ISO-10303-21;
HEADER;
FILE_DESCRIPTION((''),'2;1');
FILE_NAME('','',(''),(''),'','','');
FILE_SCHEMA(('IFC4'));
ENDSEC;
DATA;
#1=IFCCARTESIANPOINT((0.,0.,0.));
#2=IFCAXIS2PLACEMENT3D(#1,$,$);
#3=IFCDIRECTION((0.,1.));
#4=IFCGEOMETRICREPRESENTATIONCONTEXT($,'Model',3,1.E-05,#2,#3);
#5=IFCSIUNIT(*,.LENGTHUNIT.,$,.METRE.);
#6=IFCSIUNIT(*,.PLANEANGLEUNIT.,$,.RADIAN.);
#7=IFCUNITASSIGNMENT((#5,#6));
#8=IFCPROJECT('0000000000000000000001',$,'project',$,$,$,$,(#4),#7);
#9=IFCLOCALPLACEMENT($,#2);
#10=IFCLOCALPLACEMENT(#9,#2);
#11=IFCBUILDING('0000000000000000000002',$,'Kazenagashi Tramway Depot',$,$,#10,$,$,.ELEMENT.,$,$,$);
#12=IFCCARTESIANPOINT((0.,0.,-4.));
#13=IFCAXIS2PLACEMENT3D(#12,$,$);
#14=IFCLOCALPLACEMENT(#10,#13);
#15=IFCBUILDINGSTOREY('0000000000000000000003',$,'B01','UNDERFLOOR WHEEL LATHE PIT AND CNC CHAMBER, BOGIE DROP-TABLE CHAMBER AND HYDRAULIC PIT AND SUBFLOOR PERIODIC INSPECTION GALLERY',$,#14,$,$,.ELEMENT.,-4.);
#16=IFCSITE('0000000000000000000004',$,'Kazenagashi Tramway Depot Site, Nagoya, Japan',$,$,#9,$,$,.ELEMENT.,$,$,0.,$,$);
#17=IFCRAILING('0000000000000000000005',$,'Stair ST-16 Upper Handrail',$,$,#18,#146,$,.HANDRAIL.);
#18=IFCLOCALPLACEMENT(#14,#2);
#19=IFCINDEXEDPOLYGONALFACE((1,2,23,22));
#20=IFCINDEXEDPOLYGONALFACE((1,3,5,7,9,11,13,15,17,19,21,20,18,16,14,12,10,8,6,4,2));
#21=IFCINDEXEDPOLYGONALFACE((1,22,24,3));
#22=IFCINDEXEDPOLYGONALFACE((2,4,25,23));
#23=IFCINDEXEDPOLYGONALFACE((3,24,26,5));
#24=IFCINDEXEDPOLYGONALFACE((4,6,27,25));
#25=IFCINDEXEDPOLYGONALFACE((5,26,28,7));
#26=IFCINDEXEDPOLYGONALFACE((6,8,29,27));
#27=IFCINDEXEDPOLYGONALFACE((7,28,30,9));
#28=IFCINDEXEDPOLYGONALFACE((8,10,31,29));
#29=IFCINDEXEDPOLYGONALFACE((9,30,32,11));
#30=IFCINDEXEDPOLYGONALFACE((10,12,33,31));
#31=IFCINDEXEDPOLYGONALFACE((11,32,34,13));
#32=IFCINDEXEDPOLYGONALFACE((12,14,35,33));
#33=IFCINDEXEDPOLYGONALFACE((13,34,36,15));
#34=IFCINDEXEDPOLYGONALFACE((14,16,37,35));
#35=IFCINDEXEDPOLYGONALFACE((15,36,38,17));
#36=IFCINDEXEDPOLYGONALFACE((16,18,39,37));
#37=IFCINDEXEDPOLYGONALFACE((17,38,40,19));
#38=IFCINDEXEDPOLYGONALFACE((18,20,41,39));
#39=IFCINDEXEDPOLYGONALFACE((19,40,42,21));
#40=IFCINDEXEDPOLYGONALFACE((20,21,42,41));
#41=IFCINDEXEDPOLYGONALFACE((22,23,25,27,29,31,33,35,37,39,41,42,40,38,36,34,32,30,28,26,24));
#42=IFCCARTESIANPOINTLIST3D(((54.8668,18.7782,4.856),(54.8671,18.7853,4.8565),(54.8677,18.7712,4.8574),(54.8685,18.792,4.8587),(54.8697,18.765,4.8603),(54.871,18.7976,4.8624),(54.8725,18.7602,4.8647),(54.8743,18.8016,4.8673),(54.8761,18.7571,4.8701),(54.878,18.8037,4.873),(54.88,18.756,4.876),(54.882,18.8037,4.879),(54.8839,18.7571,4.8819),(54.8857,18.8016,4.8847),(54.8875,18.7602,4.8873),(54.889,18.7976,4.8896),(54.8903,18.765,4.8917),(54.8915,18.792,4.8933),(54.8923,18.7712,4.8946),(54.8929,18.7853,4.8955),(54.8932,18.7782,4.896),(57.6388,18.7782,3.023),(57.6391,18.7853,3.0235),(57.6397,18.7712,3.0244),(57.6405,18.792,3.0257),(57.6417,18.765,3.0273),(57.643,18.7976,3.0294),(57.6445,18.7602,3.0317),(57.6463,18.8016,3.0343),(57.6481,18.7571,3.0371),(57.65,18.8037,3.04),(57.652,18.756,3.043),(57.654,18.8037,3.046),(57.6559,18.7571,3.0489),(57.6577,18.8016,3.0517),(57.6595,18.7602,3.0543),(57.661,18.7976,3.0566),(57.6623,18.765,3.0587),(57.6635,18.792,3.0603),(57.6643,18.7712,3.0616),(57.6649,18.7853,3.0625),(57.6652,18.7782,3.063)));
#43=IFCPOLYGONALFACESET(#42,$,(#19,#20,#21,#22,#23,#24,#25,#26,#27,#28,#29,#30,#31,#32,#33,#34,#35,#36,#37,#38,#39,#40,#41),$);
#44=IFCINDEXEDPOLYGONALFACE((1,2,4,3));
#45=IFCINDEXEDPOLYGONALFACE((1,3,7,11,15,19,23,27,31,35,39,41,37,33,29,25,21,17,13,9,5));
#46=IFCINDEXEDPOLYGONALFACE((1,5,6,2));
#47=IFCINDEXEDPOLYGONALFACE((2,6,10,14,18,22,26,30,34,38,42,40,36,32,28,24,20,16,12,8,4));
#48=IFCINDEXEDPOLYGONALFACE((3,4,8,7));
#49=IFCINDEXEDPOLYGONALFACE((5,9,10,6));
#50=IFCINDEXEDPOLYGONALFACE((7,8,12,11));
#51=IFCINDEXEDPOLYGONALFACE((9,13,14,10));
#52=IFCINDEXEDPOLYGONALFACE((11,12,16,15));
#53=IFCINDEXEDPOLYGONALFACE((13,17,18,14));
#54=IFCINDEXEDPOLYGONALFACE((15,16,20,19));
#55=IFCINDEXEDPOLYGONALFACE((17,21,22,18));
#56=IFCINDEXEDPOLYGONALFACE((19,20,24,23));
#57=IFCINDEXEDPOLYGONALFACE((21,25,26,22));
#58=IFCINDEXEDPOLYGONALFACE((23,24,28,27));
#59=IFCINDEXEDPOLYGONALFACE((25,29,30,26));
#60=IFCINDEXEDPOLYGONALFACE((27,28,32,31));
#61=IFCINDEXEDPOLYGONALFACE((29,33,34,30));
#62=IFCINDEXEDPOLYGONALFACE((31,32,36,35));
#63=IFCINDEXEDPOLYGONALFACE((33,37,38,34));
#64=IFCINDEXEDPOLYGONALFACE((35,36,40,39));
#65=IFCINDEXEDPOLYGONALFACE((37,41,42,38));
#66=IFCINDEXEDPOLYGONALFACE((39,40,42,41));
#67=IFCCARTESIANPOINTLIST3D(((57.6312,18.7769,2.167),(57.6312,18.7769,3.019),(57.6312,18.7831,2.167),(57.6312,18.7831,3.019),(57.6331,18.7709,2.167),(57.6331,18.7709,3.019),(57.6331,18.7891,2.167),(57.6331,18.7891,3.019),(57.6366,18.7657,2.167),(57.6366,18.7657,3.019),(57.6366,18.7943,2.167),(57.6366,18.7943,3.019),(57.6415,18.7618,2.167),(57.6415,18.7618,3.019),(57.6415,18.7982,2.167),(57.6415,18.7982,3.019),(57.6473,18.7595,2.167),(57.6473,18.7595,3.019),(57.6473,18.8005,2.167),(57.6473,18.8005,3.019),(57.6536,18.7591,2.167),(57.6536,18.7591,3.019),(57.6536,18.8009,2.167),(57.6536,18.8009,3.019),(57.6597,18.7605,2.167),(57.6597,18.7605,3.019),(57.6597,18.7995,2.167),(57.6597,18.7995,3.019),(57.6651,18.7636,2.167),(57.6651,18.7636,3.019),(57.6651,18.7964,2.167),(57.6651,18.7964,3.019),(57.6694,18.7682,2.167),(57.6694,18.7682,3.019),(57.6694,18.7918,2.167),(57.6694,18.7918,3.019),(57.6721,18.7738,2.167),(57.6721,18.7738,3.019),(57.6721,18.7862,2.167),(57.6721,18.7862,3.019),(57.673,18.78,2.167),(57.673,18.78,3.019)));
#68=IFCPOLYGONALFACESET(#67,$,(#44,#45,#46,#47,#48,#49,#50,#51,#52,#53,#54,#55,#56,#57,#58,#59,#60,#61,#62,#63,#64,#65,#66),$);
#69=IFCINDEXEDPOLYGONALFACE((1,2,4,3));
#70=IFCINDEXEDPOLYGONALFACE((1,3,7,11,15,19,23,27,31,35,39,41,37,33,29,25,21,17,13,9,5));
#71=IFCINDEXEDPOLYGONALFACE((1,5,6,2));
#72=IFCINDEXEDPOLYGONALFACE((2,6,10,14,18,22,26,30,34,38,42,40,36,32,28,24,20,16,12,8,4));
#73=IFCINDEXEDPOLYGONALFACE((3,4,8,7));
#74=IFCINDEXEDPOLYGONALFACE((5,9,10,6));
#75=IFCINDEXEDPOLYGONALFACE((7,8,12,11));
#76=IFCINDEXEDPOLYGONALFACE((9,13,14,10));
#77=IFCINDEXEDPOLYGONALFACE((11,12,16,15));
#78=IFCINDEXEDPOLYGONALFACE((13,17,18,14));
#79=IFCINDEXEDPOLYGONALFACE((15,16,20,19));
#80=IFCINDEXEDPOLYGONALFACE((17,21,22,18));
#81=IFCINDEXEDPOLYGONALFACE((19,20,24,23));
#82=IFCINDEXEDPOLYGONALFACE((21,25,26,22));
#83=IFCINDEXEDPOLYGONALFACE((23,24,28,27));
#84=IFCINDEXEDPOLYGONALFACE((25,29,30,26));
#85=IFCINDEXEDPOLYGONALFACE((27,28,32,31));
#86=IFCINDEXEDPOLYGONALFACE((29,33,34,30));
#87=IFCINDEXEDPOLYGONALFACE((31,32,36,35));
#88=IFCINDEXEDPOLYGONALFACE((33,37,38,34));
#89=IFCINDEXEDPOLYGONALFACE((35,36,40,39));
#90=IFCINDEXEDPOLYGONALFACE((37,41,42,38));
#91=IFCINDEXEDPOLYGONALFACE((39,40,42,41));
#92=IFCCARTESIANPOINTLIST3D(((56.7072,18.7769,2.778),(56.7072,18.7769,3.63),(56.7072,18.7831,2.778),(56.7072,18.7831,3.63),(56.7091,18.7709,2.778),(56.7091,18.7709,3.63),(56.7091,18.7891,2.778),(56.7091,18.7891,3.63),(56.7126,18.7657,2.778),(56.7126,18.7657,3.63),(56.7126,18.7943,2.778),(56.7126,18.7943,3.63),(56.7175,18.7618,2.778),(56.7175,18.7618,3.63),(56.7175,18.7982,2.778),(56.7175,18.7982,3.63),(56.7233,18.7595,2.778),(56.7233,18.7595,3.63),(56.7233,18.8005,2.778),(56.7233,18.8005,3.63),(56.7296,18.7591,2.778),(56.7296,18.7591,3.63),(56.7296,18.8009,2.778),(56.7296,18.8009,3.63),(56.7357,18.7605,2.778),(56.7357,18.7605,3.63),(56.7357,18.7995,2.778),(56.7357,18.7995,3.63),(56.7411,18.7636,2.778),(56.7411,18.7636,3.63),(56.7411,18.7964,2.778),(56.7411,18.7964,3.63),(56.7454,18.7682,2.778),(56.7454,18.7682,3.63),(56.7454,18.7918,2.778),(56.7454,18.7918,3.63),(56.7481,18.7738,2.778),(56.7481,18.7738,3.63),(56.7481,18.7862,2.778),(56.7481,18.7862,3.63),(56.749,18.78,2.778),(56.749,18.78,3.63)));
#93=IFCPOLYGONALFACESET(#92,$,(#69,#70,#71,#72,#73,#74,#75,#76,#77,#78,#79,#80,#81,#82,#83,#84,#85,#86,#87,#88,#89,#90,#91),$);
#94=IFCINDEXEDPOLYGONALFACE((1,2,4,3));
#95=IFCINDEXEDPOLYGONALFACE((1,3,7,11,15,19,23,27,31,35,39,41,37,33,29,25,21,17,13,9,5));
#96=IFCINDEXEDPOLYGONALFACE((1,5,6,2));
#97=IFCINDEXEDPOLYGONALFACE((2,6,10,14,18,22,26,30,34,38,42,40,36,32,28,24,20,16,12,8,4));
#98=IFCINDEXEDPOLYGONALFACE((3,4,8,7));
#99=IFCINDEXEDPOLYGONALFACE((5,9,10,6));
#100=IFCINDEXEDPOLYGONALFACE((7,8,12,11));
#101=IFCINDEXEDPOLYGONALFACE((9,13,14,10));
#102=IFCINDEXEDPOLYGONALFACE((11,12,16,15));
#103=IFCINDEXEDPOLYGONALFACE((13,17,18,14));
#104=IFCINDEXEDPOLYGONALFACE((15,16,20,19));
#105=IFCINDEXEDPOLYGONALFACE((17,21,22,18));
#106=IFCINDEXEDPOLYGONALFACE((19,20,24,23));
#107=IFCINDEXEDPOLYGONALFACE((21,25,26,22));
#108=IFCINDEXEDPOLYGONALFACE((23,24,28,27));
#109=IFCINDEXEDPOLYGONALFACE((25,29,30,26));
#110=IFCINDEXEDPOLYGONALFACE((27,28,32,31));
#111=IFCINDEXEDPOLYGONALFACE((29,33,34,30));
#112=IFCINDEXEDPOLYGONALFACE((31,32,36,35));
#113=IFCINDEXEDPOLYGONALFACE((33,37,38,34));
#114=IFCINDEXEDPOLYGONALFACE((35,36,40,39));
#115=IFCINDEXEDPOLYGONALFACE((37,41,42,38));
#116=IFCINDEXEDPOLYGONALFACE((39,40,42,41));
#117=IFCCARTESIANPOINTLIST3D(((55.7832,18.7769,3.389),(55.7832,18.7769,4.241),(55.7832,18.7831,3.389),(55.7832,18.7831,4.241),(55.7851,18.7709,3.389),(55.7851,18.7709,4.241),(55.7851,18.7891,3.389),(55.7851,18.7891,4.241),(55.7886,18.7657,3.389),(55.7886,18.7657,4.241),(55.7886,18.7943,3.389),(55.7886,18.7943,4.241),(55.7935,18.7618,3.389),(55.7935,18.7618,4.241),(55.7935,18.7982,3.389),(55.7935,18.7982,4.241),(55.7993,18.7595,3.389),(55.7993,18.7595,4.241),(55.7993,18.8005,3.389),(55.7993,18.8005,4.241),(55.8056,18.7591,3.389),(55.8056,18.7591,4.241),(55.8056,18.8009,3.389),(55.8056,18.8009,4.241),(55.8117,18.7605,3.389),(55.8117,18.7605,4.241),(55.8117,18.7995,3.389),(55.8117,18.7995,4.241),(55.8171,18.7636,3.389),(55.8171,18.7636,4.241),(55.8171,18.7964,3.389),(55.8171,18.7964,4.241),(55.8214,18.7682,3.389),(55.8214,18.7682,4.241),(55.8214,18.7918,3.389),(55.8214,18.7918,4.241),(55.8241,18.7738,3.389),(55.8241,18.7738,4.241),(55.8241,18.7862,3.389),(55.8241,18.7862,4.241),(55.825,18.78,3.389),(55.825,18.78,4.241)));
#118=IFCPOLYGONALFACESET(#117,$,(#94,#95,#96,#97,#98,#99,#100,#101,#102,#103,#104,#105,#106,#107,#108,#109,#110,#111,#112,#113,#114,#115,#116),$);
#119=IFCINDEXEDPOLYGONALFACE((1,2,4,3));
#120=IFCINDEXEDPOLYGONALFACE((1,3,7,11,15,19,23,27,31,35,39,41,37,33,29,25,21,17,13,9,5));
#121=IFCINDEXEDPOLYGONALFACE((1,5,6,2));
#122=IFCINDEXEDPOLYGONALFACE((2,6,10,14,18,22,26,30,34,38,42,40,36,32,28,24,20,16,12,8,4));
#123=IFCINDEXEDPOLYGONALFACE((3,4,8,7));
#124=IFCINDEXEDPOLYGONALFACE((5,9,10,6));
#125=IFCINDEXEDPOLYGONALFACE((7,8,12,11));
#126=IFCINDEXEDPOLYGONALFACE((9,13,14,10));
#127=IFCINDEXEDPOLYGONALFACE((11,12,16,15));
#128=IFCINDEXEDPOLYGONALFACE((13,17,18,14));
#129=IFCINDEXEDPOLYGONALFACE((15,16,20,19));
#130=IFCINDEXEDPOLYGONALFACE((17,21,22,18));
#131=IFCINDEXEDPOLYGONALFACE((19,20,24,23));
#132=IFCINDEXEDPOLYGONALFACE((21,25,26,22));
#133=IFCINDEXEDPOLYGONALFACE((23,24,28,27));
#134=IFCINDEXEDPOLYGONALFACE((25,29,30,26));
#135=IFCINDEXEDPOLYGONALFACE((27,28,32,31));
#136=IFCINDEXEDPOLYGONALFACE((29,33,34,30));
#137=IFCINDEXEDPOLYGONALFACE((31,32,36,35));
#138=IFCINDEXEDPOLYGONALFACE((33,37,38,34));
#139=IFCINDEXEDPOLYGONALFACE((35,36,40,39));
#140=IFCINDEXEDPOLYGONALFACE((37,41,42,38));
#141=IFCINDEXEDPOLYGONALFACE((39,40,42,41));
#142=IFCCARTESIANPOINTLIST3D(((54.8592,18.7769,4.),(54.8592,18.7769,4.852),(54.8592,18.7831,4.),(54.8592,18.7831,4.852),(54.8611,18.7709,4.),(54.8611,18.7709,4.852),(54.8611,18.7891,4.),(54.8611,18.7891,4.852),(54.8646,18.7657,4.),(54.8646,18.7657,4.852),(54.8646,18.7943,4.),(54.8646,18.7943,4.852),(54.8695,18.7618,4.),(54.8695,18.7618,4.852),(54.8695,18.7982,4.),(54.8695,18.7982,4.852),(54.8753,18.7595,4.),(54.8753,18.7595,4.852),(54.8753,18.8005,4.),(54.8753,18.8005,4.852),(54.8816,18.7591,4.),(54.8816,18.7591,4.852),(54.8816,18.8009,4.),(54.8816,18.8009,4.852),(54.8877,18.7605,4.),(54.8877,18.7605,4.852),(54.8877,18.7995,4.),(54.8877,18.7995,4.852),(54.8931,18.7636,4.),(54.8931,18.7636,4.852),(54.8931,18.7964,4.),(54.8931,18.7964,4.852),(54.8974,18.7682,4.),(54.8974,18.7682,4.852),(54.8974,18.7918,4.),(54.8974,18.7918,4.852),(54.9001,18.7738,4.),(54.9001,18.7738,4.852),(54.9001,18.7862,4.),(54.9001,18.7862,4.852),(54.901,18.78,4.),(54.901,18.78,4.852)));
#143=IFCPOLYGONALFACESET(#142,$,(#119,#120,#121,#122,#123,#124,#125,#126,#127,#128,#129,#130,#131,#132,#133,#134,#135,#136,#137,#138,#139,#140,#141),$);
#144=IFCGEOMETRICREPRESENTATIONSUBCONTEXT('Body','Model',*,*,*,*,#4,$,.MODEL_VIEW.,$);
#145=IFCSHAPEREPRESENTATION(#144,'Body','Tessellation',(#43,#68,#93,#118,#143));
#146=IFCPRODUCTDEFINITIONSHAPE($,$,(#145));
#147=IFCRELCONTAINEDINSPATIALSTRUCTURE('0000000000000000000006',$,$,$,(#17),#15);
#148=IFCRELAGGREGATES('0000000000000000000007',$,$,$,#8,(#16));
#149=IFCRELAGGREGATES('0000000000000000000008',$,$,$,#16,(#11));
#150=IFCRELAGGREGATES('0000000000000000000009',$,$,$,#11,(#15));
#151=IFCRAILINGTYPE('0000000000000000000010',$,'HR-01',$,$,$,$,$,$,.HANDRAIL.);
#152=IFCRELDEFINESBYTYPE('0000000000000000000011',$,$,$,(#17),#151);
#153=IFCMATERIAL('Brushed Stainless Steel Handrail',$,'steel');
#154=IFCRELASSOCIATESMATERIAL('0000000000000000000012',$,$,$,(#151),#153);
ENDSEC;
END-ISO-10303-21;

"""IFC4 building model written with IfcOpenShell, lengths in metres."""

from ifc_helpers import new_model, si_unit, direction, frame, origin, origin_2d, place, context, subcontext, project, spatial, circle, extrude, material, type_object, element, save


model = new_model("IFC4")

# Units and contexts
model_context = context("Model", 3, precision=1e-05, world=origin(), true_north=direction((0.0, 1.0)))
body_context = subcontext(model_context, "Body", "Model", "MODEL_VIEW")
ifc_project = project(units=[si_unit("LENGTHUNIT", "METRE"), si_unit("PLANEANGLEUNIT", "RADIAN")], contexts=[model_context])

# Site, building, storey
site_placement = place(None, origin())
site = spatial("IfcSite", under=ifc_project, at=site_placement, Name="Kazenagashi Tramway Depot Site, Nagoya, Japan", CompositionType="ELEMENT", RefElevation=0.0)
building_placement = place(site_placement, origin())
building = spatial("IfcBuilding", under=site, at=building_placement, Name="Kazenagashi Tramway Depot", CompositionType="ELEMENT")
storey_placement = place(building_placement, frame((0.0, 0.0, -4.0)))
storey = spatial("IfcBuildingStorey", under=building, at=storey_placement, Name="B01", Description="UNDERFLOOR WHEEL LATHE PIT AND CNC CHAMBER, BOGIE DROP-TABLE CHAMBER AND HYDRAULIC PIT AND SUBFLOOR PERIODIC INSPECTION GALLERY", CompositionType="ELEMENT", Elevation=-4.0)

# Railing
ifc_material_1 = material(Name="Brushed Stainless Steel Handrail", Category="steel")
railing_type = type_object("IfcRailingType", Name="HR-01", PredefinedType="HANDRAIL", material=ifc_material_1)
railing_1_placement = place(storey_placement, frame((57.652, 18.78, 2.167)))
element("IfcRailing", 1, at=railing_1_placement, inside=storey, type_object=railing_type, Name="Stair ST-16 Upper Handrail", PredefinedType="HANDRAIL", context=body_context, shape_type="SweptSolid", body=[
    extrude(circle(Radius=0.024, at=origin_2d()), frame((0.0, 0.0, 0.876), z_axis=(-0.834128, 0.0, 0.551571), x_axis=(0.0, -1.0, 0.0)), (0.0, 0.0, 1.0), 3.3232),
    extrude(circle(Radius=0.021, at=origin_2d()), origin(), (0.0, 0.0, 1.0), 0.852),
    extrude(circle(Radius=0.021, at=origin_2d()), frame((-0.924, 0.0, 0.611)), (0.0, 0.0, 1.0), 0.852),
    extrude(circle(Radius=0.021, at=origin_2d()), frame((-1.848, 0.0, 1.222)), (0.0, 0.0, 1.0), 0.852),
    extrude(circle(Radius=0.021, at=origin_2d()), frame((-2.772, 0.0, 1.833)), (0.0, 0.0, 1.0), 0.852),
])

save(model, "model.ifc")
